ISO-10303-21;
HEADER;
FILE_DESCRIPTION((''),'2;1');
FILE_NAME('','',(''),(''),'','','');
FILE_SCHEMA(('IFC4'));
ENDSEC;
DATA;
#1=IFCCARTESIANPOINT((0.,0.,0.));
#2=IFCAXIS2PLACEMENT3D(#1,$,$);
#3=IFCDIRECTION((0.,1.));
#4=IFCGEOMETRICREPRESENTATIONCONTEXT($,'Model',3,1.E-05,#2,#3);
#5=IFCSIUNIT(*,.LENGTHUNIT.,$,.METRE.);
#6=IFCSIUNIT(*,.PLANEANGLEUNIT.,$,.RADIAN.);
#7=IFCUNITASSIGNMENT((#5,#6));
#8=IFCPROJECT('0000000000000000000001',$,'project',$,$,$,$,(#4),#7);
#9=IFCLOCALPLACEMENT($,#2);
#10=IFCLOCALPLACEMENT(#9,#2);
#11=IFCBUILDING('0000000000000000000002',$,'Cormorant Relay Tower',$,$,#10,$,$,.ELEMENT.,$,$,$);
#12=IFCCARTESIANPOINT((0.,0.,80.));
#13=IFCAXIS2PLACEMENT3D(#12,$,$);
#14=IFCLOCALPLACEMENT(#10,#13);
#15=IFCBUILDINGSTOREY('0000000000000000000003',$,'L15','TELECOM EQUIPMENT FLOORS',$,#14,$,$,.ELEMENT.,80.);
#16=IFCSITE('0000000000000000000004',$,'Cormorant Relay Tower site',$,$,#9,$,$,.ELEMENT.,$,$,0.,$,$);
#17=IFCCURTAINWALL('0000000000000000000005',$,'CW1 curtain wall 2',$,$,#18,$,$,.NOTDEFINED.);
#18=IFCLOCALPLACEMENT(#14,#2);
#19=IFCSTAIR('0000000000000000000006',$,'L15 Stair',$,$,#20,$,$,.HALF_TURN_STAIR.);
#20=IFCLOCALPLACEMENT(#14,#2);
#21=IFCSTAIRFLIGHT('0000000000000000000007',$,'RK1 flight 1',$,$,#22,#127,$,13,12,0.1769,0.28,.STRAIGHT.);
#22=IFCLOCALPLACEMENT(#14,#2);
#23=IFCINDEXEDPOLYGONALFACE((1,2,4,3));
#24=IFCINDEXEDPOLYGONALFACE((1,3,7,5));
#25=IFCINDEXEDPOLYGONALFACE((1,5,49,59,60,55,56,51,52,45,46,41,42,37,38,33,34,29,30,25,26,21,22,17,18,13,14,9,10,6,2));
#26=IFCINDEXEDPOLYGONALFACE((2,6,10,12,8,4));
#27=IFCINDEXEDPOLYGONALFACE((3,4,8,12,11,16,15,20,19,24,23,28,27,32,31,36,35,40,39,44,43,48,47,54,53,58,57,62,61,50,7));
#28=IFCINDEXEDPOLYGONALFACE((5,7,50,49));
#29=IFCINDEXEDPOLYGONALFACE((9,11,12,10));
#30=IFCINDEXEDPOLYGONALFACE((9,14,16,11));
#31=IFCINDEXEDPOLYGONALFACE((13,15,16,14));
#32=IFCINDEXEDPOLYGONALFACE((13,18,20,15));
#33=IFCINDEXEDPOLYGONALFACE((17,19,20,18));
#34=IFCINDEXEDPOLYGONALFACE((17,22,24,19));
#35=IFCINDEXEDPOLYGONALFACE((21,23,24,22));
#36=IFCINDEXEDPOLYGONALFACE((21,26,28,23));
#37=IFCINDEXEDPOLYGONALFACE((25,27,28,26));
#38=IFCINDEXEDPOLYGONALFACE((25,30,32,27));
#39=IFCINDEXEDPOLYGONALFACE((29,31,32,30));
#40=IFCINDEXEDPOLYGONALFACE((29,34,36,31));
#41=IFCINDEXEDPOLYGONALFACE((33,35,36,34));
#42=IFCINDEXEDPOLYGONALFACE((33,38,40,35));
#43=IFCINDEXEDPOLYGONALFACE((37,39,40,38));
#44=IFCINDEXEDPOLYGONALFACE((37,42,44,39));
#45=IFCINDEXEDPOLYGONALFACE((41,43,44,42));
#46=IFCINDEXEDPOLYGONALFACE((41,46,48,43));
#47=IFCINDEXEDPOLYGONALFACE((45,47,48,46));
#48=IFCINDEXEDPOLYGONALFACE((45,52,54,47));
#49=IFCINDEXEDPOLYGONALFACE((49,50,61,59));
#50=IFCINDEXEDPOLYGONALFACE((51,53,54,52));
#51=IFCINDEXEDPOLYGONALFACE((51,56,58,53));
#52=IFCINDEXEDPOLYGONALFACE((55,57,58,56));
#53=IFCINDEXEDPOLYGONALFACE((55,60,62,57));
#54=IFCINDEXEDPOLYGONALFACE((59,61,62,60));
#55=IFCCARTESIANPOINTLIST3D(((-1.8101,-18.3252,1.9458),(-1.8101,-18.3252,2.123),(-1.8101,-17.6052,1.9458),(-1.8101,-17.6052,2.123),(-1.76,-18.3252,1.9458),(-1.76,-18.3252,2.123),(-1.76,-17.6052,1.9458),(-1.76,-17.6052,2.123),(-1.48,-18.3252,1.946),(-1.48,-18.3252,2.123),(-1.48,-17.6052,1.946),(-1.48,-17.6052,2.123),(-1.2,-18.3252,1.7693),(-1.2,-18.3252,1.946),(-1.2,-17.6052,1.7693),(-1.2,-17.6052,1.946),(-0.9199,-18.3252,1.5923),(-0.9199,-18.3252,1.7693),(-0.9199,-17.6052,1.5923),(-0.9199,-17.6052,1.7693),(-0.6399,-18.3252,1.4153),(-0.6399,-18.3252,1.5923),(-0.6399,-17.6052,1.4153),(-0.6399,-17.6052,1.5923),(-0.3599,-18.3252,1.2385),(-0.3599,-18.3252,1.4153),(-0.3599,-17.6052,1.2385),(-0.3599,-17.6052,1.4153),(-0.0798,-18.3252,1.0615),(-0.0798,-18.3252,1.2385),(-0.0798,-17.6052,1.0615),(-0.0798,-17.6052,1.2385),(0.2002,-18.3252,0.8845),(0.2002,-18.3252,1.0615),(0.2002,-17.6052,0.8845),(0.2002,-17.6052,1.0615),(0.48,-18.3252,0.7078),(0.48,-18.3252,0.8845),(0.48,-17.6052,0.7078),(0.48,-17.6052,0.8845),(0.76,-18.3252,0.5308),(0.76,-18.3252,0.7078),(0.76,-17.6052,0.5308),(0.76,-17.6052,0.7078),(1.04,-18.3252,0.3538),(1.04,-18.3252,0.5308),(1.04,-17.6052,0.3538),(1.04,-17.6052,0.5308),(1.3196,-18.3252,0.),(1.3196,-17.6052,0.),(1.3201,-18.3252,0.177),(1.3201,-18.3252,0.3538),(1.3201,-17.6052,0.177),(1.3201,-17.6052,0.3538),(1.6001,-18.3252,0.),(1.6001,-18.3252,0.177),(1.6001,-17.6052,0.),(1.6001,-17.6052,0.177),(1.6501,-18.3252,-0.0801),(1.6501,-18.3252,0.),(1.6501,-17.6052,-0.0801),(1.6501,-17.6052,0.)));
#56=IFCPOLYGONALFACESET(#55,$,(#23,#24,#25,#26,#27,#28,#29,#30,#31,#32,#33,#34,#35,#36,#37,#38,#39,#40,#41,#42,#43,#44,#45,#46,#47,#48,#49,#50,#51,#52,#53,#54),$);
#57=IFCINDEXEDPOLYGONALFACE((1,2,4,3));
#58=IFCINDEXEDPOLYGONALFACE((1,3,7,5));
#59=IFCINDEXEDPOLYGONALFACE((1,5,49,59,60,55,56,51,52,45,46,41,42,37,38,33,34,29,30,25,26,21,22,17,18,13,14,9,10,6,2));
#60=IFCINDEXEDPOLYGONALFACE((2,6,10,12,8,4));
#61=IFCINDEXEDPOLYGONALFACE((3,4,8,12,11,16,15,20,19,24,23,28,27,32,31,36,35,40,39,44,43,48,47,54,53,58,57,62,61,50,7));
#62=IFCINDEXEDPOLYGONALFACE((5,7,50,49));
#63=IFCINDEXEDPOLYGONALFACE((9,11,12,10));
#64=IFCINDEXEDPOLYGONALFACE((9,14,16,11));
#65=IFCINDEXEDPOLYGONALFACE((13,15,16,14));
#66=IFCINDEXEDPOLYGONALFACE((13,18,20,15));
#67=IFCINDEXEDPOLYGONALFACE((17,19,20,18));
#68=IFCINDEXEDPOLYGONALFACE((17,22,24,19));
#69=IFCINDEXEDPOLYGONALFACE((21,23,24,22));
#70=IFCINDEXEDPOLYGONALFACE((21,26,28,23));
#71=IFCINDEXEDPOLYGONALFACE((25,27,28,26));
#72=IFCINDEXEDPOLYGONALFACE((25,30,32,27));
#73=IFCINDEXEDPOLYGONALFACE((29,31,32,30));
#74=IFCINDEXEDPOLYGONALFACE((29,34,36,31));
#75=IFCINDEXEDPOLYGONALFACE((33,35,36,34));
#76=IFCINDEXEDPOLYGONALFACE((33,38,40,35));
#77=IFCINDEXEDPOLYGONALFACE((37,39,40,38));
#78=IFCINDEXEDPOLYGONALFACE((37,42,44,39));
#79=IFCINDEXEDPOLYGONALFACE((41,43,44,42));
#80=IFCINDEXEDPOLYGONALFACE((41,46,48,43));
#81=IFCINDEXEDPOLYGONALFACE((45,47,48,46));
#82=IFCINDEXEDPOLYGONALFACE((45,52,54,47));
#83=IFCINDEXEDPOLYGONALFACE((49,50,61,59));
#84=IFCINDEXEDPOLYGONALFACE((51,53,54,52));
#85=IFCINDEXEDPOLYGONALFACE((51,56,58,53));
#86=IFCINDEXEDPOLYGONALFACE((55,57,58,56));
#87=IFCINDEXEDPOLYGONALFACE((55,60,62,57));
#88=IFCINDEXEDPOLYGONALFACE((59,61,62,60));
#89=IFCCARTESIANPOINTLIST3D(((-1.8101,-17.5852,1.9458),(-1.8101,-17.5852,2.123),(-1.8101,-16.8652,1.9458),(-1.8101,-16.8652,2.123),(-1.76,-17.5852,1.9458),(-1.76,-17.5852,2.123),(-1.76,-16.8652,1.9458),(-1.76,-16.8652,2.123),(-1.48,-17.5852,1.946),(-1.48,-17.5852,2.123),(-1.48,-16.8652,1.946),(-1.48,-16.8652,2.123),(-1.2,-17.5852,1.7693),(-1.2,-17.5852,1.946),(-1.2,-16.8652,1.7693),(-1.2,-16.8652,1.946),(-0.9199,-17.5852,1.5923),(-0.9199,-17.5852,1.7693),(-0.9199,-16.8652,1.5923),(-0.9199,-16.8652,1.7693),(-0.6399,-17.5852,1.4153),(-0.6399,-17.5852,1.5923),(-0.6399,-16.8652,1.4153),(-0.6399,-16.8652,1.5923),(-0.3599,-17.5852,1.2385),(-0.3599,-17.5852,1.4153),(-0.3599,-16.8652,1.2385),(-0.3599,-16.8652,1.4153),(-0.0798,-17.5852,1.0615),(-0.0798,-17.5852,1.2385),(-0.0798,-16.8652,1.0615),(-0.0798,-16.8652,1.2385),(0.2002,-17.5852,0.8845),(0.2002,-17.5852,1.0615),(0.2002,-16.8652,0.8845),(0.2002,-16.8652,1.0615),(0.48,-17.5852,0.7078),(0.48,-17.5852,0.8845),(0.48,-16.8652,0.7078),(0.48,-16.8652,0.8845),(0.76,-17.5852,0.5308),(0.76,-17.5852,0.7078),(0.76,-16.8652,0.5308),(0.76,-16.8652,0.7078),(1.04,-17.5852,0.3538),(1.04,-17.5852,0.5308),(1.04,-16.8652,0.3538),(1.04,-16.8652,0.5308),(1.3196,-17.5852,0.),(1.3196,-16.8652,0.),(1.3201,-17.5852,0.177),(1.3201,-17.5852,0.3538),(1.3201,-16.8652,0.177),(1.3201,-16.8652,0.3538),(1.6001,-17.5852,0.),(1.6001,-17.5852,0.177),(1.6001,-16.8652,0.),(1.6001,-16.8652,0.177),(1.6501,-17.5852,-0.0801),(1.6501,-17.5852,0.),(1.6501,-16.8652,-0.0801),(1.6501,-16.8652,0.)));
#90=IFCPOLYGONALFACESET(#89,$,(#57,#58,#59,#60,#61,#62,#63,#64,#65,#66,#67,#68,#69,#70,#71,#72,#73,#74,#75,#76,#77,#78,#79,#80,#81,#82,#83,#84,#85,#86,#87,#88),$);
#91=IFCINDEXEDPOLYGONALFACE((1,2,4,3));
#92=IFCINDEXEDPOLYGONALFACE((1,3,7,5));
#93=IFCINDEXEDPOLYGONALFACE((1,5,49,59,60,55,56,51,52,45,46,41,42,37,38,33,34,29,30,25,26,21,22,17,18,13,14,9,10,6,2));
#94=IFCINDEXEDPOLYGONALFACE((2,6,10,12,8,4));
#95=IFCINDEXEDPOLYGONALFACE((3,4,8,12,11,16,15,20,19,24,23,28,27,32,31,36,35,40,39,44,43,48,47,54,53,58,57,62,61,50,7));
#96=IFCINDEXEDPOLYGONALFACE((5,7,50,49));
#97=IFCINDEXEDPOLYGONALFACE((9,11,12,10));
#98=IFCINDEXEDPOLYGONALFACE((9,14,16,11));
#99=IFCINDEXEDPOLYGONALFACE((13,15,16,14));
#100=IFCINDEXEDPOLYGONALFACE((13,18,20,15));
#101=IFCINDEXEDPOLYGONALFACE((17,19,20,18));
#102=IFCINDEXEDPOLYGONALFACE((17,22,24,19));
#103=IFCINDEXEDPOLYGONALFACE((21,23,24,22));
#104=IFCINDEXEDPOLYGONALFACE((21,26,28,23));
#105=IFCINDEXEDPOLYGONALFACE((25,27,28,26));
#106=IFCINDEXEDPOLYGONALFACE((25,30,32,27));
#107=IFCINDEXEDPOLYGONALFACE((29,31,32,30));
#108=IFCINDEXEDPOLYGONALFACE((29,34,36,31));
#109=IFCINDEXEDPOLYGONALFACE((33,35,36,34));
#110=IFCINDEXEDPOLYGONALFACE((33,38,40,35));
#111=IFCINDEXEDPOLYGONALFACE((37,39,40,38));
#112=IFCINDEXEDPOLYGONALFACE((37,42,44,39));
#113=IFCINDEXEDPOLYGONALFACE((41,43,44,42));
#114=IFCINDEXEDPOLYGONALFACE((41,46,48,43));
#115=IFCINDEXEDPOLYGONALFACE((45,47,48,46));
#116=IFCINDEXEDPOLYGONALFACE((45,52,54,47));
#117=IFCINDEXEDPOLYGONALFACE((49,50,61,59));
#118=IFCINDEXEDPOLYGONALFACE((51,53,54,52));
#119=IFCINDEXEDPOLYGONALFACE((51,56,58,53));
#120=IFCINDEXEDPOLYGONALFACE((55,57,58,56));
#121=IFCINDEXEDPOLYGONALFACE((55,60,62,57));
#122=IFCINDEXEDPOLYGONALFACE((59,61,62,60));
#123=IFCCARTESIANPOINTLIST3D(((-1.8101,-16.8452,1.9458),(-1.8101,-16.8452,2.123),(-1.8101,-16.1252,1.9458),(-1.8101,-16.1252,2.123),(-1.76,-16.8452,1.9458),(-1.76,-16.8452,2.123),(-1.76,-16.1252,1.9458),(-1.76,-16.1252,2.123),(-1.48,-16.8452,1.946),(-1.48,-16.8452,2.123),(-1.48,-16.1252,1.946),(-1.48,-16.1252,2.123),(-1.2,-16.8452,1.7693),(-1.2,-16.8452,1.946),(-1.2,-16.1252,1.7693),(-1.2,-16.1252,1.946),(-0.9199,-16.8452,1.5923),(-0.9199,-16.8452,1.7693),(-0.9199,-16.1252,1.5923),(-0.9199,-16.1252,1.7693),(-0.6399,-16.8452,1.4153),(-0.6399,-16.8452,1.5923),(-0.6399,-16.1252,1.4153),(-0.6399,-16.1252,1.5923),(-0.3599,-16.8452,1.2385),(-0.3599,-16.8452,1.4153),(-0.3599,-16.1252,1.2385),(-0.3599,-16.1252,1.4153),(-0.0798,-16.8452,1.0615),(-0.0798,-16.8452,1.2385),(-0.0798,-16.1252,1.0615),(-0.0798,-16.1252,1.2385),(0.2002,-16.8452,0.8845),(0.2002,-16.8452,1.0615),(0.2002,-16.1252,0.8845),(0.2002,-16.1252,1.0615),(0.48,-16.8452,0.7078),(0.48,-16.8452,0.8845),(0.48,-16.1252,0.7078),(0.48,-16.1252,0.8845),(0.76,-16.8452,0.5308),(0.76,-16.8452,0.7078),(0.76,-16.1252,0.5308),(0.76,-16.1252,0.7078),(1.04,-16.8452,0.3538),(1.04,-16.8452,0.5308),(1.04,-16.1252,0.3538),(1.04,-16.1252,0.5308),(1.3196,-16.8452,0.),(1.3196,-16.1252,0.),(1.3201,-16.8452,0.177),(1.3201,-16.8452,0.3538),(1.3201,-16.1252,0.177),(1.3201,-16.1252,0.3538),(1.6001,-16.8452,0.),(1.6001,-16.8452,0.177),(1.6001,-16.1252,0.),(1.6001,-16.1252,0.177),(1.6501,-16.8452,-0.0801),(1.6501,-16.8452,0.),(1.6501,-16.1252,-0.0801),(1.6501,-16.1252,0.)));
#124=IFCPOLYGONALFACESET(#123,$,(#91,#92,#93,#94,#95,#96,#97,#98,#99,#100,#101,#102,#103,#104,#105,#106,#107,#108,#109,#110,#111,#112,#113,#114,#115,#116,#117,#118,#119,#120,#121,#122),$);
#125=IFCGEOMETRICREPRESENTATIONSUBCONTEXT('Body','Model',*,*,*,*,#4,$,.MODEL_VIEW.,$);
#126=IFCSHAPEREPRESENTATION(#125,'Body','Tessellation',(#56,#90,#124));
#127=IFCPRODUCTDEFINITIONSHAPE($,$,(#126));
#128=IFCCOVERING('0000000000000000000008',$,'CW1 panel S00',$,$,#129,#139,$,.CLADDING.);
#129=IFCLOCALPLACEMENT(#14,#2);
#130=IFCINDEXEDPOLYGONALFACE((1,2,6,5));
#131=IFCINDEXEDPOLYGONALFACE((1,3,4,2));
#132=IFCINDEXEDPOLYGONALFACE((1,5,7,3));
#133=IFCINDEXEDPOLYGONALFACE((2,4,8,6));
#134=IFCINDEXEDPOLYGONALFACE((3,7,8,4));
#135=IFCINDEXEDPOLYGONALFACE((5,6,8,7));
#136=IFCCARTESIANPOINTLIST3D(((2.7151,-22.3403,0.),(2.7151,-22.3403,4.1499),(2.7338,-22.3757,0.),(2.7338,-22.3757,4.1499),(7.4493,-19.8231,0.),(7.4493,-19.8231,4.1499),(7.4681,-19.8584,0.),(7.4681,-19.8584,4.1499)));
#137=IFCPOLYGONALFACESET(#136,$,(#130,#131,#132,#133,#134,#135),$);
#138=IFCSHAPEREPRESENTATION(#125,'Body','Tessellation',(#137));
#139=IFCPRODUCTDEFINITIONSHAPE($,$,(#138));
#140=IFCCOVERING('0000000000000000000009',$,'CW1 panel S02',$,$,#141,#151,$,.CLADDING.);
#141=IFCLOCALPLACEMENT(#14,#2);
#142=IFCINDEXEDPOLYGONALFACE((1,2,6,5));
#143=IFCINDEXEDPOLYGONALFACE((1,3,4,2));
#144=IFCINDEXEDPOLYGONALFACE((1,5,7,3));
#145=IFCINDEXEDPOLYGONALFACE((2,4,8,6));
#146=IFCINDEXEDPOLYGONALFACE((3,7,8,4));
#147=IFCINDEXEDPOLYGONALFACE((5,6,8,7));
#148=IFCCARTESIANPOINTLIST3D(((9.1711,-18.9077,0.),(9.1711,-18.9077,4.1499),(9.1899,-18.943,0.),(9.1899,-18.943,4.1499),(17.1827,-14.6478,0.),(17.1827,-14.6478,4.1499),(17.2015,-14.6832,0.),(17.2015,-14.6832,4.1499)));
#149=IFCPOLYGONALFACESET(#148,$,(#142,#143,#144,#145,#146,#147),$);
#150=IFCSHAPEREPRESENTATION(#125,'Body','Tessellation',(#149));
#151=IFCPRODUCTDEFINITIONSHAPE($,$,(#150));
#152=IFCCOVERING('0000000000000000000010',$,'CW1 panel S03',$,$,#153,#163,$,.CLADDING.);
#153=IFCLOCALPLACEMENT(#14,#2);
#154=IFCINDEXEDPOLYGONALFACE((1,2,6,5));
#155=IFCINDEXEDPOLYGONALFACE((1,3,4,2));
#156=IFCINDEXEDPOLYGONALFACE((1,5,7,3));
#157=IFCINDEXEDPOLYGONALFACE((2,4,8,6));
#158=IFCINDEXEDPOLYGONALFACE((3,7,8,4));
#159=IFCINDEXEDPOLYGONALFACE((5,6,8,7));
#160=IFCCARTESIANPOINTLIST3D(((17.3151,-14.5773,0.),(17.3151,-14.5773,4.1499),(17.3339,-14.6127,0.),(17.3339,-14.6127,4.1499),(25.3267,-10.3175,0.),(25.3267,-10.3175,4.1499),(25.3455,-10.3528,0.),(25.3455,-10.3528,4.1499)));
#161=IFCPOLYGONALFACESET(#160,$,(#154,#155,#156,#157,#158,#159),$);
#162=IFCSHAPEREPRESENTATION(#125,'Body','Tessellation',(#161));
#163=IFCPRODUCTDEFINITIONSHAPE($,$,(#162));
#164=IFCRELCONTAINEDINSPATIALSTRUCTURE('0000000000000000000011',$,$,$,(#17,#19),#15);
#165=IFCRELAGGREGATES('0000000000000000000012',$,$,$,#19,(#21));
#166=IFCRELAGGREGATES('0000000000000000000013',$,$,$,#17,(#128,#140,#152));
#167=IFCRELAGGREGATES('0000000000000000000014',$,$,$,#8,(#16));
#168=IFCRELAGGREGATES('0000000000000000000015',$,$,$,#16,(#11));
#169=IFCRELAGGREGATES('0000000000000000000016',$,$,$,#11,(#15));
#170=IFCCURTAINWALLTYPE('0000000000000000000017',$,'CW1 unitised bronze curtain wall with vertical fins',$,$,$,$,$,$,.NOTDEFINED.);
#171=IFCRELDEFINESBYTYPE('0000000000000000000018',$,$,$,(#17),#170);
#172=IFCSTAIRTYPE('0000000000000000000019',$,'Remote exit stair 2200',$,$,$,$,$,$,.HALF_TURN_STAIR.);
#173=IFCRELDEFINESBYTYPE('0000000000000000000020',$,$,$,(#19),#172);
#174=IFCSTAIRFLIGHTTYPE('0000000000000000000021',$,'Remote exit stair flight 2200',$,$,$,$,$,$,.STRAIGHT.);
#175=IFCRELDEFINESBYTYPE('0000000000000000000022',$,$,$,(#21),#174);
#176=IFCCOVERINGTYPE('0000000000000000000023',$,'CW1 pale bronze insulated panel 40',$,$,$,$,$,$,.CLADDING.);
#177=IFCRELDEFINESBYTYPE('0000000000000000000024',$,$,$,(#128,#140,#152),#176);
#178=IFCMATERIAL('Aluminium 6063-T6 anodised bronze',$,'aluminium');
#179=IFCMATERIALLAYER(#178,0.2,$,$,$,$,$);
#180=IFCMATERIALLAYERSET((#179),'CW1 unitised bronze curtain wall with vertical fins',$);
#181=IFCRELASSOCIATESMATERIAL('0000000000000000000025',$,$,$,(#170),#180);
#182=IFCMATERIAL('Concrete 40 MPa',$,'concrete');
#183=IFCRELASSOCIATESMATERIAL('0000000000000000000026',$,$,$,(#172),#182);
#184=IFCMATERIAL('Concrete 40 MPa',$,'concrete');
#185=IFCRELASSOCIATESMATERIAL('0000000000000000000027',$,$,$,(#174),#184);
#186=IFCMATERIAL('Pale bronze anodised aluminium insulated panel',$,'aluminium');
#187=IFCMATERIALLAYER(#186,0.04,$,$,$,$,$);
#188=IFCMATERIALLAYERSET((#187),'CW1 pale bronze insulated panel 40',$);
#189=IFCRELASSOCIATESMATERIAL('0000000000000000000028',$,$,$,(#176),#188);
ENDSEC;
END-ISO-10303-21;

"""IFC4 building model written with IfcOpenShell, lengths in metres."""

from ifc_helpers import new_model, si_unit, direction, frame, origin, origin_2d, place, context, subcontext, project, spatial, polyline, rectangle, outline, extrude, material, layer, layer_set, type_object, element, aggregate, save


model = new_model("IFC4")

# Units and contexts
model_context = context("Model", 3, precision=1e-05, world=origin(), true_north=direction((0.0, 1.0)))
body_context = subcontext(model_context, "Body", "Model", "MODEL_VIEW")
ifc_project = project(units=[si_unit("LENGTHUNIT", "METRE"), si_unit("PLANEANGLEUNIT", "RADIAN")], contexts=[model_context])

# Site, building, storey
site_placement = place(None, origin())
site = spatial("IfcSite", under=ifc_project, at=site_placement, Name="Cormorant Relay Tower site", CompositionType="ELEMENT", RefElevation=0.0)
building_placement = place(site_placement, origin())
building = spatial("IfcBuilding", under=site, at=building_placement, Name="Cormorant Relay Tower", CompositionType="ELEMENT")
storey_placement = place(building_placement, frame((0.0, 0.0, 80.0)))
storey = spatial("IfcBuildingStorey", under=building, at=storey_placement, Name="L15", Description="TELECOM EQUIPMENT FLOORS", CompositionType="ELEMENT", Elevation=80.0)

# Curtain wall
ifc_material_1 = material(Name="Aluminium 6063-T6 anodised bronze", Category="aluminium")
ifc_layer_1 = layer(ifc_material_1, 0.2)
ifc_layer_set_1 = layer_set([ifc_layer_1], Name="CW1 unitised bronze curtain wall with vertical fins")
curtain_wall_type = type_object("IfcCurtainWallType", Name="CW1 unitised bronze curtain wall with vertical fins", PredefinedType="NOTDEFINED", material=ifc_layer_set_1)
curtain_wall_1_placement = place(storey_placement, origin())
curtain_wall_1 = element("IfcCurtainWall", 1, at=curtain_wall_1_placement, inside=storey, type_object=curtain_wall_type, Name="CW1 curtain wall 2", PredefinedType="NOTDEFINED")

# Stair, stair flight
ifc_material_2 = material(Name="Concrete 40 MPa", Category="concrete")
stair_type = type_object("IfcStairType", Name="Remote exit stair 2200", PredefinedType="HALF_TURN_STAIR", material=ifc_material_2)
stair_placement = place(storey_placement, origin())
stair = element("IfcStair", 2, at=stair_placement, inside=storey, type_object=stair_type, Name="L15 Stair", PredefinedType="HALF_TURN_STAIR")
ifc_material_3 = material(Name="Concrete 40 MPa", Category="concrete")
stair_flight_type = type_object("IfcStairFlightType", Name="Remote exit stair flight 2200", PredefinedType="STRAIGHT", material=ifc_material_3)
stair_flight_placement = place(storey_placement, frame((1.6001, -17.2251, 0.0), z_axis=(0.0, 0.0, 1.0), x_axis=(-1.0, 0.0, 0.0)))
stair_flight = element("IfcStairFlight", 3, at=stair_flight_placement, type_object=stair_flight_type, Name="RK1 flight 1", NumberOfRisers=13, NumberOfTreads=12, PredefinedType="STRAIGHT", RiserHeight=0.1769, TreadLength=0.28, context=body_context, shape_type="SweptSolid", body=[
    extrude(outline(polyline([(-0.05, -0.0801), (-0.05, 0.0), (0.0, 0.0), (0.0, 0.177), (0.28, 0.177), (0.28, 0.3538), (0.5601, 0.3538), (0.5601, 0.5308), (0.8401, 0.5308), (0.8401, 0.7078), (1.1201, 0.7078), (1.1201, 0.8845), (1.3999, 0.8845), (1.3999, 1.0615), (1.6799, 1.0615), (1.6799, 1.2385), (1.96, 1.2385), (1.96, 1.4153), (2.24, 1.4153), (2.24, 1.5923), (2.52, 1.5923), (2.52, 1.7693), (2.8, 1.7693), (2.8, 1.946), (3.0801, 1.946), (3.0801, 2.123), (3.3601, 2.123), (3.4102, 2.123), (3.4102, 1.9458), (3.3601, 1.9458), (0.2805, 0.0), (-0.05, -0.0801)])), frame((0.0, 1.1001, 0.0), z_axis=(0.0, -1.0, 0.0), x_axis=(1.0, 0.0, 0.0)), (0.0, 0.0, 1.0), 0.72),
    extrude(outline(polyline([(-0.05, -0.0801), (-0.05, 0.0), (0.0, 0.0), (0.0, 0.177), (0.28, 0.177), (0.28, 0.3538), (0.5601, 0.3538), (0.5601, 0.5308), (0.8401, 0.5308), (0.8401, 0.7078), (1.1201, 0.7078), (1.1201, 0.8845), (1.3999, 0.8845), (1.3999, 1.0615), (1.6799, 1.0615), (1.6799, 1.2385), (1.96, 1.2385), (1.96, 1.4153), (2.24, 1.4153), (2.24, 1.5923), (2.52, 1.5923), (2.52, 1.7693), (2.8, 1.7693), (2.8, 1.946), (3.0801, 1.946), (3.0801, 2.123), (3.3601, 2.123), (3.4102, 2.123), (3.4102, 1.9458), (3.3601, 1.9458), (0.2805, 0.0), (-0.05, -0.0801)])), frame((0.0, 0.3601, 0.0), z_axis=(0.0, -1.0, 0.0), x_axis=(1.0, 0.0, 0.0)), (0.0, 0.0, 1.0), 0.72),
    extrude(outline(polyline([(-0.05, -0.0801), (-0.05, 0.0), (0.0, 0.0), (0.0, 0.177), (0.28, 0.177), (0.28, 0.3538), (0.5601, 0.3538), (0.5601, 0.5308), (0.8401, 0.5308), (0.8401, 0.7078), (1.1201, 0.7078), (1.1201, 0.8845), (1.3999, 0.8845), (1.3999, 1.0615), (1.6799, 1.0615), (1.6799, 1.2385), (1.96, 1.2385), (1.96, 1.4153), (2.24, 1.4153), (2.24, 1.5923), (2.52, 1.5923), (2.52, 1.7693), (2.8, 1.7693), (2.8, 1.946), (3.0801, 1.946), (3.0801, 2.123), (3.3601, 2.123), (3.4102, 2.123), (3.4102, 1.9458), (3.3601, 1.9458), (0.2805, 0.0), (-0.05, -0.0801)])), frame((0.0, -0.3799, 0.0), z_axis=(0.0, -1.0, 0.0), x_axis=(1.0, 0.0, 0.0)), (0.0, 0.0, 1.0), 0.72),
])
aggregate(stair, [stair_flight])

# Coverings
ifc_material_4 = material(Name="Pale bronze anodised aluminium insulated panel", Category="aluminium")
ifc_layer_2 = layer(ifc_material_4, 0.04)
ifc_layer_set_2 = layer_set([ifc_layer_2], Name="CW1 pale bronze insulated panel 40")
covering_type = type_object("IfcCoveringType", Name="CW1 pale bronze insulated panel 40", PredefinedType="CLADDING", material=ifc_layer_set_2)
covering_1_placement = place(storey_placement, frame((5.0916, -21.0994, 0.0), z_axis=(0.0, 0.0, 1.0), x_axis=(0.882948, 0.469472, 0.0)))
covering_1 = element("IfcCovering", 4, at=covering_1_placement, type_object=covering_type, Name="CW1 panel S00", PredefinedType="CLADDING", context=body_context, shape_type="SweptSolid", body=[
    extrude(rectangle(XDim=5.3618, YDim=0.04, at=origin_2d()), origin(), (0.0, 0.0, 1.0), 4.1499),
])
covering_2_placement = place(storey_placement, frame((13.1863, -16.7954, 0.0), z_axis=(0.0, 0.0, 1.0), x_axis=(0.882948, 0.469472, 0.0)))
covering_2 = element("IfcCovering", 5, at=covering_2_placement, type_object=covering_type, Name="CW1 panel S02", PredefinedType="CLADDING", context=body_context, shape_type="SweptSolid", body=[
    extrude(rectangle(XDim=9.0737, YDim=0.04, at=origin_2d()), origin(), (0.0, 0.0, 1.0), 4.1499),
])
covering_3_placement = place(storey_placement, frame((21.3303, -12.4651, 0.0), z_axis=(0.0, 0.0, 1.0), x_axis=(0.882948, 0.469472, 0.0)))
covering_3 = element("IfcCovering", 6, at=covering_3_placement, type_object=covering_type, Name="CW1 panel S03", PredefinedType="CLADDING", context=body_context, shape_type="SweptSolid", body=[
    extrude(rectangle(XDim=9.0737, YDim=0.04, at=origin_2d()), origin(), (0.0, 0.0, 1.0), 4.1499),
])
aggregate(curtain_wall_1, [covering_1, covering_2, covering_3])

save(model, "model.ifc")
